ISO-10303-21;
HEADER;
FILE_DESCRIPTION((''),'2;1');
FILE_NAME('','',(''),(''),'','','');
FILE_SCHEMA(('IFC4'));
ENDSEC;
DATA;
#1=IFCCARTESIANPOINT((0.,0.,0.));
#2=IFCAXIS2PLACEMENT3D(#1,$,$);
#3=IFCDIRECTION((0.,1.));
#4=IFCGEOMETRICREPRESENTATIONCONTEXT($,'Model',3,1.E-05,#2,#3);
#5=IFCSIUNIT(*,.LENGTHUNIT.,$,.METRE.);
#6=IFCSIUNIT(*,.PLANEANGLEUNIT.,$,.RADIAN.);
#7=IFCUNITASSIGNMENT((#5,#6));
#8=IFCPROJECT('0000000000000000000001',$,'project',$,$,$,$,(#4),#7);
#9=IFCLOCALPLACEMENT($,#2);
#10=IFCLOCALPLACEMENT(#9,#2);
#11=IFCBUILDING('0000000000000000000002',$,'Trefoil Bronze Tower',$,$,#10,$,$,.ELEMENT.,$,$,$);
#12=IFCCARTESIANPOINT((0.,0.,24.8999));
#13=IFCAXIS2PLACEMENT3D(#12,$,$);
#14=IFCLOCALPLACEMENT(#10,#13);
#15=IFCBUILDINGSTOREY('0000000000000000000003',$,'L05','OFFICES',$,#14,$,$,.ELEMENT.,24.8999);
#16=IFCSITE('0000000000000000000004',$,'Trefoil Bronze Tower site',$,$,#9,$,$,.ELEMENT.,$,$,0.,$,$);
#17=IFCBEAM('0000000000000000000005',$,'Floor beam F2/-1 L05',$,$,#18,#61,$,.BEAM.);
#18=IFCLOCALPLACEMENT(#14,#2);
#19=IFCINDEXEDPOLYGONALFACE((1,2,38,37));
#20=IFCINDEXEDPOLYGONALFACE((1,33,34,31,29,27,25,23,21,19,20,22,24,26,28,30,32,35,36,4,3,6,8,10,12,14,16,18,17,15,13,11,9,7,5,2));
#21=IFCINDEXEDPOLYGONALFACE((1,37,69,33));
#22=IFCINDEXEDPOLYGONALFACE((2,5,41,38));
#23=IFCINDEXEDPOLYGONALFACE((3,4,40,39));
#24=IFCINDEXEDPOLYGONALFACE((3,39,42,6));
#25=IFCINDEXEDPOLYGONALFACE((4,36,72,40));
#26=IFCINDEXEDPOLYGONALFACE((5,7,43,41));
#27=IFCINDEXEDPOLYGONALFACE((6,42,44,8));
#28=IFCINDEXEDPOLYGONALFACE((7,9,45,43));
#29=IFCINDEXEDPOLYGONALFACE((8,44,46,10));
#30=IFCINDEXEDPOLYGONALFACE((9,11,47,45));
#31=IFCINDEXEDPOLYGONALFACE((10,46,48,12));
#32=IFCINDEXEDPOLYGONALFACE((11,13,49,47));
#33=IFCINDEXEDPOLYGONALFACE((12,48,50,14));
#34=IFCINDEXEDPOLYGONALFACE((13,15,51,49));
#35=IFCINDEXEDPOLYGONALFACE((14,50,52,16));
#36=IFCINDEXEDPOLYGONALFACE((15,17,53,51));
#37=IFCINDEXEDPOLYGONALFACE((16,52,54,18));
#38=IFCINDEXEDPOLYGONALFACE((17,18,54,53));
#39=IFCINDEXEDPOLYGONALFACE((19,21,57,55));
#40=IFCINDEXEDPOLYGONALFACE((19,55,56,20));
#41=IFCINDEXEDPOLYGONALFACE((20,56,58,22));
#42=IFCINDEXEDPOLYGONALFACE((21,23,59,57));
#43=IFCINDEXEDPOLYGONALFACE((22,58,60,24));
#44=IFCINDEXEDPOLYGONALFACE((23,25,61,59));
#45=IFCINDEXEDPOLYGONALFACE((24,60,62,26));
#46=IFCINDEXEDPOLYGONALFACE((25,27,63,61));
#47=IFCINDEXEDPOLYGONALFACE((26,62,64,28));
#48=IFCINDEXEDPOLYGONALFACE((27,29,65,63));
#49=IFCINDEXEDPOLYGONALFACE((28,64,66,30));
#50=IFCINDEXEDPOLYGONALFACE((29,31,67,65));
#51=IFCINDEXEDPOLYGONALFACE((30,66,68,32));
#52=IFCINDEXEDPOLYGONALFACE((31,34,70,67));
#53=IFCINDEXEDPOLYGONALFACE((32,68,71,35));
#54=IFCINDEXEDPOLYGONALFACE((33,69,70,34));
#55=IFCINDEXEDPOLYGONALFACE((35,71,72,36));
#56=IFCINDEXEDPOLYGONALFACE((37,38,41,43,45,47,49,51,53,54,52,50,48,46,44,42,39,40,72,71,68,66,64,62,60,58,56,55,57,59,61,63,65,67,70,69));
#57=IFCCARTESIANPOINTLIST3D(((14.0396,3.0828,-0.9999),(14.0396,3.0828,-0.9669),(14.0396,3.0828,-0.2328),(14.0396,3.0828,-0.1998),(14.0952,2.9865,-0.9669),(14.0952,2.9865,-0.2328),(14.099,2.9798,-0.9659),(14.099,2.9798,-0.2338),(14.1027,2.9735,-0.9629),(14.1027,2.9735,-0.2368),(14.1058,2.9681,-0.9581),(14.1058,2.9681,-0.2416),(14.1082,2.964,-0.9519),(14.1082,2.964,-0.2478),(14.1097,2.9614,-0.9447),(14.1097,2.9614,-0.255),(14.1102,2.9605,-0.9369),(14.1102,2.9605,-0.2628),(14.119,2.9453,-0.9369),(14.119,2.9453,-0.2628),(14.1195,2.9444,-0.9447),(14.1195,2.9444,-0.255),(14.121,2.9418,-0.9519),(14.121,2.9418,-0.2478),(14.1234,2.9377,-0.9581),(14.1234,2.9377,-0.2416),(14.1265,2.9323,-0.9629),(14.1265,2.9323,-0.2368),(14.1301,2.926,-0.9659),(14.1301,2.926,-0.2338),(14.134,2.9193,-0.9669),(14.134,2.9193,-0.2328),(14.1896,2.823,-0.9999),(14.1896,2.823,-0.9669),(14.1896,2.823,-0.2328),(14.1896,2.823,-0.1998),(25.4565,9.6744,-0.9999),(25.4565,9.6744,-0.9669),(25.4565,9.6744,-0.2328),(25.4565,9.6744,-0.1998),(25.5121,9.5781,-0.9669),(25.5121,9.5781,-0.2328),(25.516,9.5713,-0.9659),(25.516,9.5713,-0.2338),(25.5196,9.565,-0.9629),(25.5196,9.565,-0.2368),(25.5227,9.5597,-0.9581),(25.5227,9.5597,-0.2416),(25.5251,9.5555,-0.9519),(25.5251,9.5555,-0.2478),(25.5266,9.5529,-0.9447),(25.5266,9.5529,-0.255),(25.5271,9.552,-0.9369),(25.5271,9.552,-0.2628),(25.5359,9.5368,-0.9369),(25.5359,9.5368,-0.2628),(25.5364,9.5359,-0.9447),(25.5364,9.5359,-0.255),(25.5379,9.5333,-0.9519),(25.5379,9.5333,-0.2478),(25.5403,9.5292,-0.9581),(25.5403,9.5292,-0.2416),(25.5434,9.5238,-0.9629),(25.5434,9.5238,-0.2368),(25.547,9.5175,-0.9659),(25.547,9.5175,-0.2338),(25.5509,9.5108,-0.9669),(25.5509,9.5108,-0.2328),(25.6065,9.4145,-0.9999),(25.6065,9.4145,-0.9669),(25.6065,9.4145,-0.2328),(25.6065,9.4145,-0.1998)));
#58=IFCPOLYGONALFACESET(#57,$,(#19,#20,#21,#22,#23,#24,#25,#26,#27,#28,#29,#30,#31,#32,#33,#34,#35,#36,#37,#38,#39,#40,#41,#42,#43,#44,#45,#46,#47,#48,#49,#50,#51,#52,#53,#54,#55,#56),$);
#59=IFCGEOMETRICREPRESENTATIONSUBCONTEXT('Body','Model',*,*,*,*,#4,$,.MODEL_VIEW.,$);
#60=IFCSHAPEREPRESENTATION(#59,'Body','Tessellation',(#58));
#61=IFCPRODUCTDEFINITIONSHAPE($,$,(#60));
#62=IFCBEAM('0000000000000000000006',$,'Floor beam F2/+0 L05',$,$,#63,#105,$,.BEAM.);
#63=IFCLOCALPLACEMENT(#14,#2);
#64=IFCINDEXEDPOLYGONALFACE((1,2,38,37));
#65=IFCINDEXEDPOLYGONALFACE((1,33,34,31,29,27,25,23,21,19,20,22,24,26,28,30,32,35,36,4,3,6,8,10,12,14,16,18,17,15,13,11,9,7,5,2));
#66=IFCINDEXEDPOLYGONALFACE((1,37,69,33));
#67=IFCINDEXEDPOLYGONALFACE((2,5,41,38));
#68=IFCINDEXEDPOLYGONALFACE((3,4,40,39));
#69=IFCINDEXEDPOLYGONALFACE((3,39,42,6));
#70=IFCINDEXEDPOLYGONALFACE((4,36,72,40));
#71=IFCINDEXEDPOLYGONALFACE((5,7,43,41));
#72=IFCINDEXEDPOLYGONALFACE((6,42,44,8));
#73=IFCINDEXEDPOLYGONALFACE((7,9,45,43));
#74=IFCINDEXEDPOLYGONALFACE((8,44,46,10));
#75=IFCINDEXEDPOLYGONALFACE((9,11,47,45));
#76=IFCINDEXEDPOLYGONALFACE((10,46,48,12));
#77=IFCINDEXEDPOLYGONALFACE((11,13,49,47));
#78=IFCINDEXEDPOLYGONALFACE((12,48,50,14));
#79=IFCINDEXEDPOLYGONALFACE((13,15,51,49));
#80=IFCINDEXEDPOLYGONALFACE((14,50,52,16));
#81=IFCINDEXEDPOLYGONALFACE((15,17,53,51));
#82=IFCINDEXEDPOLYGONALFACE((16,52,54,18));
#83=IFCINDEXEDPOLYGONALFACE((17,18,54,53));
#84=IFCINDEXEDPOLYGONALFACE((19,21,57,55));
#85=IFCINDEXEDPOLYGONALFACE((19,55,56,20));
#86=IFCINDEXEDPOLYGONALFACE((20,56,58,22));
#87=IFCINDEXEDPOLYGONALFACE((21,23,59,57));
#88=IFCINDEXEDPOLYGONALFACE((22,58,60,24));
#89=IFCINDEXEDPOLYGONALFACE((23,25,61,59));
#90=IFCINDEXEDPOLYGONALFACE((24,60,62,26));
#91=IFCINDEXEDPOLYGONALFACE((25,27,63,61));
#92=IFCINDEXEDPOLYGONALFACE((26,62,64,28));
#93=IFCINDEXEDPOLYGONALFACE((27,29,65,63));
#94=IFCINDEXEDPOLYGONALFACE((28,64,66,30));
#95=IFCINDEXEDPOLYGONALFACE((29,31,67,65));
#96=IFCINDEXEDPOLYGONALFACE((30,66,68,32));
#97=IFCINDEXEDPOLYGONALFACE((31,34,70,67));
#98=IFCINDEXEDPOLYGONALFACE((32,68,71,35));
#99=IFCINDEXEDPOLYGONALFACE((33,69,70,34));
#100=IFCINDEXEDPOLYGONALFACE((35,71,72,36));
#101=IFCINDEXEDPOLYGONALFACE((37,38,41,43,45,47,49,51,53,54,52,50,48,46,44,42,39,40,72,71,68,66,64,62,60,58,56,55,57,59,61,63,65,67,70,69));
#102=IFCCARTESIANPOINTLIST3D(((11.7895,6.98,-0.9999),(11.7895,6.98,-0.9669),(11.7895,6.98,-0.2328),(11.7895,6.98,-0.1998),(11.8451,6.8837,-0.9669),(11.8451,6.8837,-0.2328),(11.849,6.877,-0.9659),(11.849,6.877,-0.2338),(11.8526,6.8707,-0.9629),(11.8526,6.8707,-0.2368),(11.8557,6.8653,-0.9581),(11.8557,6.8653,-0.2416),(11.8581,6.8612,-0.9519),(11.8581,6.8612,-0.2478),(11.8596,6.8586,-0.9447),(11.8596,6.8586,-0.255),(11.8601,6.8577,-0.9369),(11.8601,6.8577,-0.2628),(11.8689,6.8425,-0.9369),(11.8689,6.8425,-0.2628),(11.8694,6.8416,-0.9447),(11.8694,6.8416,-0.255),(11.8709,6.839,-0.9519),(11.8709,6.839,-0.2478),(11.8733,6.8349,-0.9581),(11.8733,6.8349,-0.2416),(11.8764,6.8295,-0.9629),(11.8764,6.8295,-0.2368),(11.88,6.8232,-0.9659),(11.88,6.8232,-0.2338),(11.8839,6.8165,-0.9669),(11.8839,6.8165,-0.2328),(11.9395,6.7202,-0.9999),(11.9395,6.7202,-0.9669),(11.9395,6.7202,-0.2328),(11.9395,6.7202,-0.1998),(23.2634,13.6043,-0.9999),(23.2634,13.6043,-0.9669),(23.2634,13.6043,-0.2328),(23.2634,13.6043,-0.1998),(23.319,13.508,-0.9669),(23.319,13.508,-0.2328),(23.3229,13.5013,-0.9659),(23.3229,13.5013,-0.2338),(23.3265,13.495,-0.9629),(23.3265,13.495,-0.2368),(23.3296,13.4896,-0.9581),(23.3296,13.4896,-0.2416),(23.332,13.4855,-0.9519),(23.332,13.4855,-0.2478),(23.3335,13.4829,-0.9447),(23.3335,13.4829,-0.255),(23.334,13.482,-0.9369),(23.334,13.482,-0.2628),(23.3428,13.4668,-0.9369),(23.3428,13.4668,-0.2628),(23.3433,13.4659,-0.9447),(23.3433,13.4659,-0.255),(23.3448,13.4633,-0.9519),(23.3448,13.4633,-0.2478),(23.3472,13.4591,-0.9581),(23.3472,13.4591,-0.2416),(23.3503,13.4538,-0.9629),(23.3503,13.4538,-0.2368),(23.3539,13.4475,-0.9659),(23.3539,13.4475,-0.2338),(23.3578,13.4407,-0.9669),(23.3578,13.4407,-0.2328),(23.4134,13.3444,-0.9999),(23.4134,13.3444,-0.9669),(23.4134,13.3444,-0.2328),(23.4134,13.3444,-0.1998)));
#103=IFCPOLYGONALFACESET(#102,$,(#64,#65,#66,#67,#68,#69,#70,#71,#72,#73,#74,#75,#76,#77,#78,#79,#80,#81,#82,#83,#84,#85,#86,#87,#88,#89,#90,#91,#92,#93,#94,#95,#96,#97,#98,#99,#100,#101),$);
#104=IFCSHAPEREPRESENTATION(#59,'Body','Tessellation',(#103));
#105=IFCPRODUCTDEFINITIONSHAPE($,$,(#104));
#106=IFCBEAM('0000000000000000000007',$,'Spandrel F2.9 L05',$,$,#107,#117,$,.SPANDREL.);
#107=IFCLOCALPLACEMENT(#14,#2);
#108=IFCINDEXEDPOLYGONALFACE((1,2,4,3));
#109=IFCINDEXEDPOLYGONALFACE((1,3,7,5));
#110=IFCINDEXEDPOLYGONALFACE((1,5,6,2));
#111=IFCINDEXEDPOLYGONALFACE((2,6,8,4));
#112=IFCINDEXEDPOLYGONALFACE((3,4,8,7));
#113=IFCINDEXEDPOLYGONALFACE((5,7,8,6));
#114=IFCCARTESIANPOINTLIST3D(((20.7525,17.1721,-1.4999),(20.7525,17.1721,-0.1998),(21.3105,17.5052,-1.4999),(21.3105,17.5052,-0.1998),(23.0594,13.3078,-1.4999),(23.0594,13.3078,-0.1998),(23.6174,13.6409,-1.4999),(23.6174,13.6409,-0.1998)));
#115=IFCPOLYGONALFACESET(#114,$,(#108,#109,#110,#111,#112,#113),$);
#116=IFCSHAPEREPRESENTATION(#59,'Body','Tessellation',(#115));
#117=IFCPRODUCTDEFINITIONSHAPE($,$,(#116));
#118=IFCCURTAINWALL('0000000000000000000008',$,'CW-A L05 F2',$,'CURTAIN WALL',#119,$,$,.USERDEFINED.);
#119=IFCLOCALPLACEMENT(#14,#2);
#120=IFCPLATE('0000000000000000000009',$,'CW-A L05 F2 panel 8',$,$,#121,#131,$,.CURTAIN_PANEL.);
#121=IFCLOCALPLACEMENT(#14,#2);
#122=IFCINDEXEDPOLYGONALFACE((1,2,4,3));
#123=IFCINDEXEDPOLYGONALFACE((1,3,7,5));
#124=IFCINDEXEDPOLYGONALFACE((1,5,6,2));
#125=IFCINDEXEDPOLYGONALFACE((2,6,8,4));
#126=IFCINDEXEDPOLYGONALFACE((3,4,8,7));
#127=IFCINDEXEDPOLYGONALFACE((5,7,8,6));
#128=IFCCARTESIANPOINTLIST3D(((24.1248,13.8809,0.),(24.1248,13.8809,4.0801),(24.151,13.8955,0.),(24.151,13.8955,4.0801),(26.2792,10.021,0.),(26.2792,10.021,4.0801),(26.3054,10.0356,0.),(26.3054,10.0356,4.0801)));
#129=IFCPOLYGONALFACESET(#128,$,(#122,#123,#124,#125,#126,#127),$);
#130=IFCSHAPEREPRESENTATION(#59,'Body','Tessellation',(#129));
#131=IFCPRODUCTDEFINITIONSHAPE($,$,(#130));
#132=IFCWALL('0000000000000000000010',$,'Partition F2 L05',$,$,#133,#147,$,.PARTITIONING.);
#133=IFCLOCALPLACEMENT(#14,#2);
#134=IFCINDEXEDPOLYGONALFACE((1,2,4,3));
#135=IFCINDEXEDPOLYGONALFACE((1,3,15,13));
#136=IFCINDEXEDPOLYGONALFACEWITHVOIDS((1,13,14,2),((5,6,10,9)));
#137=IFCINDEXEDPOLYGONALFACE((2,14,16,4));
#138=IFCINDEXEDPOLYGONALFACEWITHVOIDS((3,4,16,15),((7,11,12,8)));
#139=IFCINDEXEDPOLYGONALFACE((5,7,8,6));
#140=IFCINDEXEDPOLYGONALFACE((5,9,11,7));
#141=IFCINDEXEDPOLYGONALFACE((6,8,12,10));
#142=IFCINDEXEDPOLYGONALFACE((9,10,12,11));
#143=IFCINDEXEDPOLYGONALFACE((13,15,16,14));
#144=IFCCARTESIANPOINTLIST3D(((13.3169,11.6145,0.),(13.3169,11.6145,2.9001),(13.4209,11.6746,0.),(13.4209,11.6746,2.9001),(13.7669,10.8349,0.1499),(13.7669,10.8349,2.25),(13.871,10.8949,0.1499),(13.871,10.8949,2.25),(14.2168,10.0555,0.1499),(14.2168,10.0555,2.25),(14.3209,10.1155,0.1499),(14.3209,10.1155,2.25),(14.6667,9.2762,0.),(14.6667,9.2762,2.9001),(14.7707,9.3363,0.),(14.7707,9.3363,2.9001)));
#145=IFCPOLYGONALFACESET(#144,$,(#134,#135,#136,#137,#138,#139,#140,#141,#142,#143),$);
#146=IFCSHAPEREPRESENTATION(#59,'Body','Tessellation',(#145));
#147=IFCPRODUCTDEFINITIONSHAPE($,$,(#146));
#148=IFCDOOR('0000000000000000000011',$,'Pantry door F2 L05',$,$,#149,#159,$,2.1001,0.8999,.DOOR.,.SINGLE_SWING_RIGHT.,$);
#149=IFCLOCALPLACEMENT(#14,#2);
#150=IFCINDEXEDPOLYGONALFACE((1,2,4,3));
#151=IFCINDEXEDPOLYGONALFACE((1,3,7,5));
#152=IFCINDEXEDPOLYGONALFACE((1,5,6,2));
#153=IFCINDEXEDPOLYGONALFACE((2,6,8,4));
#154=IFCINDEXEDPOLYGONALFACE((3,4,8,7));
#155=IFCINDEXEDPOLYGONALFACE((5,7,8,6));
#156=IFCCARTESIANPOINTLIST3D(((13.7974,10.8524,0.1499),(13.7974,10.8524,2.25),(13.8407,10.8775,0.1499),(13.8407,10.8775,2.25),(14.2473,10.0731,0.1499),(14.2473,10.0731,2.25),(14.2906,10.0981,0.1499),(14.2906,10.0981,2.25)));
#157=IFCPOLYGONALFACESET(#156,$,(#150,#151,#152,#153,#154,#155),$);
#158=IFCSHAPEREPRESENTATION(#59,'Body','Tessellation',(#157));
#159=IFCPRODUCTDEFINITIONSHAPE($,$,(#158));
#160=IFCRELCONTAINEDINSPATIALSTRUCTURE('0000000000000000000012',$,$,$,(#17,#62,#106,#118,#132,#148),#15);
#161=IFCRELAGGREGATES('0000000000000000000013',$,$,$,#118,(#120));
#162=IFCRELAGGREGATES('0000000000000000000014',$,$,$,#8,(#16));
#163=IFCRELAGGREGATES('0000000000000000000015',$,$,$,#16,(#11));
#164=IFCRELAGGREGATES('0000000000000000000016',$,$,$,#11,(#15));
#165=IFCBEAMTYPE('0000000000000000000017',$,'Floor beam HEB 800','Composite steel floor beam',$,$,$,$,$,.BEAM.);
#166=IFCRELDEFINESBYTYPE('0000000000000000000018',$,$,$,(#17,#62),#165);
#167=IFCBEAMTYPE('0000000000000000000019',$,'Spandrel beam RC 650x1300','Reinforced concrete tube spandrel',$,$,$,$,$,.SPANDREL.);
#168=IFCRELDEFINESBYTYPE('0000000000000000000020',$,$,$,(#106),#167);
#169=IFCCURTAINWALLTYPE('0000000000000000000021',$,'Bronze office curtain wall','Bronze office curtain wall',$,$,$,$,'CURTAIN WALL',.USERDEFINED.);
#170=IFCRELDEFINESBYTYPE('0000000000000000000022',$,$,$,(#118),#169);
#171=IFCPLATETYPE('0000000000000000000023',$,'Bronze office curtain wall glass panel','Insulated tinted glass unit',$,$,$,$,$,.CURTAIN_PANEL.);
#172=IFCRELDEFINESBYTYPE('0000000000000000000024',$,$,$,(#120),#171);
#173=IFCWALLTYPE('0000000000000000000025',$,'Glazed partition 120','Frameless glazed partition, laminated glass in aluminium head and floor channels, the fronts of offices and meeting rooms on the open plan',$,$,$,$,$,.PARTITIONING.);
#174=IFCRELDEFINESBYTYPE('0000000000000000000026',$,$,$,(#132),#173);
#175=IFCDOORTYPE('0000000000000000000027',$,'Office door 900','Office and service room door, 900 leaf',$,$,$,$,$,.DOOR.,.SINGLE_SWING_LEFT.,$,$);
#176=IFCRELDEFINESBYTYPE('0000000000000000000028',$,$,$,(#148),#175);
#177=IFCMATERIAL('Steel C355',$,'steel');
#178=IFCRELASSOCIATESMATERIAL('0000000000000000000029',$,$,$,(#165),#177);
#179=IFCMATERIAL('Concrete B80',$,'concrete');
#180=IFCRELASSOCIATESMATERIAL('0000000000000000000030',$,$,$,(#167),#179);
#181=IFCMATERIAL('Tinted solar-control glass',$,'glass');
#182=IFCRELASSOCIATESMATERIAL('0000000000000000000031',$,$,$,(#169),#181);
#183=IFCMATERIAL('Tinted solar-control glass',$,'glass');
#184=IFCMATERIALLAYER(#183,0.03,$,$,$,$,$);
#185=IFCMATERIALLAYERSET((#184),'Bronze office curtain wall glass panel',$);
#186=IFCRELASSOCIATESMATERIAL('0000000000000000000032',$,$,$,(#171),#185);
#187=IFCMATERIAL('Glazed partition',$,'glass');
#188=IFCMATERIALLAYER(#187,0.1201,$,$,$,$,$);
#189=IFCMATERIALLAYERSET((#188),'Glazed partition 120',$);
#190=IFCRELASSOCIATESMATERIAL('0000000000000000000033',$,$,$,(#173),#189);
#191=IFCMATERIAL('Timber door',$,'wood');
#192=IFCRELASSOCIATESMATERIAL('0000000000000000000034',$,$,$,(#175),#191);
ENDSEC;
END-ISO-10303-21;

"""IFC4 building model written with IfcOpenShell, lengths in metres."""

from ifc_helpers import new_model, si_unit, direction, frame, frame_2d, origin, origin_2d, place, context, subcontext, project, spatial, rectangle, i_section, extrude, material, layer, layer_set, material_profile, profile_set, type_object, element, fill, aggregate, save


model = new_model("IFC4")

# Units and contexts
model_context = context("Model", 3, precision=1e-05, world=origin(), true_north=direction((0.0, 1.0)))
body_context = subcontext(model_context, "Body", "Model", "MODEL_VIEW")
ifc_project = project(units=[si_unit("LENGTHUNIT", "METRE"), si_unit("PLANEANGLEUNIT", "RADIAN")], contexts=[model_context])

# Site, building, storey
site_placement = place(None, origin())
site = spatial("IfcSite", under=ifc_project, at=site_placement, Name="Trefoil Bronze Tower site", CompositionType="ELEMENT", RefElevation=0.0)
building_placement = place(site_placement, origin())
building = spatial("IfcBuilding", under=site, at=building_placement, Name="Trefoil Bronze Tower", CompositionType="ELEMENT")
storey_placement = place(building_placement, frame((0.0, 0.0, 24.8999)))
storey = spatial("IfcBuildingStorey", under=building, at=storey_placement, Name="L05", Description="OFFICES", CompositionType="ELEMENT", Elevation=24.8999)

# Beams
ifc_material_1 = material(Name="Steel C355", Category="steel")
ifc_material_profile_1 = material_profile(ifc_material_1, i_section(OverallWidth=0.3, OverallDepth=0.8, WebThickness=0.0176, FlangeThickness=0.033, FilletRadius=0.03, at=origin_2d()), Name="HEB 800")
ifc_profile_set_1 = profile_set([ifc_material_profile_1], Name="Steel C355")
beam_type_1 = type_object("IfcBeamType", Name="Floor beam HEB 800", Description="Composite steel floor beam", PredefinedType="BEAM", material=ifc_profile_set_1)
beam_1_placement = place(storey_placement, frame((25.5315, 9.5444, -0.5999), z_axis=(-0.866027, -0.499997, 0.0), x_axis=(0.499997, -0.866027, 0.0)))
element("IfcBeam", 1, at=beam_1_placement, inside=storey, type_object=beam_type_1, Name="Floor beam F2/-1 L05", PredefinedType="BEAM", context=body_context, shape_type="SweptSolid", body=[
    extrude(i_section(OverallWidth=0.3, OverallDepth=0.8, WebThickness=0.0176, FlangeThickness=0.033, FilletRadius=0.03, at=origin_2d()), origin(), (0.0, 0.0, 1.0), 13.1831),
])
beam_2_placement = place(storey_placement, frame((23.3384, 13.4744, -0.5999), z_axis=(-0.866031, -0.49999, 0.0), x_axis=(0.49999, -0.866031, 0.0)))
element("IfcBeam", 2, at=beam_2_placement, inside=storey, type_object=beam_type_1, Name="Floor beam F2/+0 L05", PredefinedType="BEAM", context=body_context, shape_type="SweptSolid", body=[
    extrude(i_section(OverallWidth=0.3, OverallDepth=0.8, WebThickness=0.0176, FlangeThickness=0.033, FilletRadius=0.03, at=origin_2d()), origin(), (0.0, 0.0, 1.0), 13.2488),
])
ifc_material_2 = material(Name="Concrete B80", Category="concrete")
ifc_material_profile_2 = material_profile(ifc_material_2, rectangle(XDim=0.6499, YDim=1.3, at=origin_2d()), Name="RC 650x1300")
ifc_profile_set_2 = profile_set([ifc_material_profile_2], Name="Concrete B80")
beam_type_2 = type_object("IfcBeamType", Name="Spandrel beam RC 650x1300", Description="Reinforced concrete tube spandrel", PredefinedType="SPANDREL", material=ifc_profile_set_2)
beam_3_placement = place(storey_placement, frame((23.3384, 13.4744, -0.8499), z_axis=(-0.512588, 0.858635, 0.0), x_axis=(-0.858635, -0.512588, 0.0)))
element("IfcBeam", 3, at=beam_3_placement, inside=storey, type_object=beam_type_2, Name="Spandrel F2.9 L05", PredefinedType="SPANDREL", context=body_context, shape_type="SweptSolid", body=[
    extrude(rectangle(XDim=0.6499, YDim=1.3, at=origin_2d()), origin(), (0.0, 0.0, 1.0), 4.5005),
])

# Curtain wall, plate
ifc_material_3 = material(Name="Tinted solar-control glass", Category="glass")
curtain_wall_type = type_object("IfcCurtainWallType", Name="Bronze office curtain wall", Description="Bronze office curtain wall", ElementType="CURTAIN WALL", PredefinedType="USERDEFINED", material=ifc_material_3)
curtain_wall_placement = place(storey_placement, origin())
curtain_wall = element("IfcCurtainWall", 4, at=curtain_wall_placement, inside=storey, type_object=curtain_wall_type, Name="CW-A L05 F2", ObjectType="CURTAIN WALL", PredefinedType="USERDEFINED")
ifc_material_4 = material(Name="Tinted solar-control glass", Category="glass")
ifc_layer_1 = layer(ifc_material_4, 0.03)
ifc_layer_set_1 = layer_set([ifc_layer_1], Name="Bronze office curtain wall glass panel")
plate_type = type_object("IfcPlateType", Name="Bronze office curtain wall glass panel", Description="Insulated tinted glass unit", PredefinedType="CURTAIN_PANEL", material=ifc_layer_set_1)
plate_placement = place(storey_placement, frame((25.2151, 11.9583, 0.0), z_axis=(0.0, 0.0, 1.0), x_axis=(-0.487382, 0.873189, 0.0)))
plate = element("IfcPlate", 5, at=plate_placement, type_object=plate_type, Name="CW-A L05 F2 panel 8", PredefinedType="CURTAIN_PANEL", context=body_context, shape_type="SweptSolid", body=[
    extrude(rectangle(XDim=4.4204, YDim=0.03, at=origin_2d()), origin(), (0.0, 0.0, 1.0), 4.0801),
])
aggregate(curtain_wall, [plate])

# Wall, opening, door
ifc_material_5 = material(Name="Glazed partition", Category="glass")
ifc_layer_2 = layer(ifc_material_5, 0.1201)
ifc_layer_set_2 = layer_set([ifc_layer_2], Name="Glazed partition 120")
wall_type_1 = type_object("IfcWallType", Name="Glazed partition 120", Description="Frameless glazed partition, laminated glass in aluminium head and floor channels, the fronts of offices and meeting rooms on the open plan", PredefinedType="PARTITIONING", material=ifc_layer_set_2)
wall_1_placement = place(storey_placement, frame((14.7188, 9.3062, 0.0), z_axis=(0.0, 0.0, 1.0), x_axis=(-0.499942, 0.866059, 0.0)))
wall_1 = element("IfcWall", 6, at=wall_1_placement, inside=storey, type_object=wall_type_1, Name="Partition F2 L05", PredefinedType="PARTITIONING", context=body_context, shape_type="SweptSolid", body=[
    extrude(rectangle(XDim=2.7, YDim=0.1201, at=frame_2d((1.3501, 0.0))), origin(), (0.0, 0.0, 1.0), 2.9001),
])
opening_1_placement = place(wall_1_placement, frame((0.8999, 0.0, 0.1499)))
opening_1 = element("IfcOpeningElement", 7, at=opening_1_placement, cuts=wall_1, PredefinedType="OPENING", context=body_context, shape_type="SweptSolid", body=[
    extrude(rectangle(XDim=0.8999, YDim=2.1001, at=frame_2d((0.45, 1.05))), frame((0.0, 0.0701, 0.0), z_axis=(0.0, -1.0, 0.0), x_axis=(1.0, 0.0, 0.0)), (0.0, 0.0, 1.0), 0.1401),
])
ifc_material_6 = material(Name="Timber door", Category="wood")
door_type_1 = type_object("IfcDoorType", Name="Office door 900", Description="Office and service room door, 900 leaf", OperationType="SINGLE_SWING_LEFT", PredefinedType="DOOR", material=ifc_material_6)
door_1_placement = place(opening_1_placement, origin())
door_1 = element("IfcDoor", 8, at=door_1_placement, inside=storey, type_object=door_type_1, Name="Pantry door F2 L05", OperationType="SINGLE_SWING_RIGHT", OverallHeight=2.1001, OverallWidth=0.8999, PredefinedType="DOOR", context=body_context, shape_type="SweptSolid", body=[
    extrude(rectangle(XDim=0.8999, YDim=2.1001, at=frame_2d((0.45, 1.05))), frame((0.0, 0.0249, 0.0), z_axis=(0.0, -1.0, 0.0), x_axis=(1.0, 0.0, 0.0)), (0.0, 0.0, 1.0), 0.05),
])
fill(opening_1, door_1)

save(model, "model.ifc")
